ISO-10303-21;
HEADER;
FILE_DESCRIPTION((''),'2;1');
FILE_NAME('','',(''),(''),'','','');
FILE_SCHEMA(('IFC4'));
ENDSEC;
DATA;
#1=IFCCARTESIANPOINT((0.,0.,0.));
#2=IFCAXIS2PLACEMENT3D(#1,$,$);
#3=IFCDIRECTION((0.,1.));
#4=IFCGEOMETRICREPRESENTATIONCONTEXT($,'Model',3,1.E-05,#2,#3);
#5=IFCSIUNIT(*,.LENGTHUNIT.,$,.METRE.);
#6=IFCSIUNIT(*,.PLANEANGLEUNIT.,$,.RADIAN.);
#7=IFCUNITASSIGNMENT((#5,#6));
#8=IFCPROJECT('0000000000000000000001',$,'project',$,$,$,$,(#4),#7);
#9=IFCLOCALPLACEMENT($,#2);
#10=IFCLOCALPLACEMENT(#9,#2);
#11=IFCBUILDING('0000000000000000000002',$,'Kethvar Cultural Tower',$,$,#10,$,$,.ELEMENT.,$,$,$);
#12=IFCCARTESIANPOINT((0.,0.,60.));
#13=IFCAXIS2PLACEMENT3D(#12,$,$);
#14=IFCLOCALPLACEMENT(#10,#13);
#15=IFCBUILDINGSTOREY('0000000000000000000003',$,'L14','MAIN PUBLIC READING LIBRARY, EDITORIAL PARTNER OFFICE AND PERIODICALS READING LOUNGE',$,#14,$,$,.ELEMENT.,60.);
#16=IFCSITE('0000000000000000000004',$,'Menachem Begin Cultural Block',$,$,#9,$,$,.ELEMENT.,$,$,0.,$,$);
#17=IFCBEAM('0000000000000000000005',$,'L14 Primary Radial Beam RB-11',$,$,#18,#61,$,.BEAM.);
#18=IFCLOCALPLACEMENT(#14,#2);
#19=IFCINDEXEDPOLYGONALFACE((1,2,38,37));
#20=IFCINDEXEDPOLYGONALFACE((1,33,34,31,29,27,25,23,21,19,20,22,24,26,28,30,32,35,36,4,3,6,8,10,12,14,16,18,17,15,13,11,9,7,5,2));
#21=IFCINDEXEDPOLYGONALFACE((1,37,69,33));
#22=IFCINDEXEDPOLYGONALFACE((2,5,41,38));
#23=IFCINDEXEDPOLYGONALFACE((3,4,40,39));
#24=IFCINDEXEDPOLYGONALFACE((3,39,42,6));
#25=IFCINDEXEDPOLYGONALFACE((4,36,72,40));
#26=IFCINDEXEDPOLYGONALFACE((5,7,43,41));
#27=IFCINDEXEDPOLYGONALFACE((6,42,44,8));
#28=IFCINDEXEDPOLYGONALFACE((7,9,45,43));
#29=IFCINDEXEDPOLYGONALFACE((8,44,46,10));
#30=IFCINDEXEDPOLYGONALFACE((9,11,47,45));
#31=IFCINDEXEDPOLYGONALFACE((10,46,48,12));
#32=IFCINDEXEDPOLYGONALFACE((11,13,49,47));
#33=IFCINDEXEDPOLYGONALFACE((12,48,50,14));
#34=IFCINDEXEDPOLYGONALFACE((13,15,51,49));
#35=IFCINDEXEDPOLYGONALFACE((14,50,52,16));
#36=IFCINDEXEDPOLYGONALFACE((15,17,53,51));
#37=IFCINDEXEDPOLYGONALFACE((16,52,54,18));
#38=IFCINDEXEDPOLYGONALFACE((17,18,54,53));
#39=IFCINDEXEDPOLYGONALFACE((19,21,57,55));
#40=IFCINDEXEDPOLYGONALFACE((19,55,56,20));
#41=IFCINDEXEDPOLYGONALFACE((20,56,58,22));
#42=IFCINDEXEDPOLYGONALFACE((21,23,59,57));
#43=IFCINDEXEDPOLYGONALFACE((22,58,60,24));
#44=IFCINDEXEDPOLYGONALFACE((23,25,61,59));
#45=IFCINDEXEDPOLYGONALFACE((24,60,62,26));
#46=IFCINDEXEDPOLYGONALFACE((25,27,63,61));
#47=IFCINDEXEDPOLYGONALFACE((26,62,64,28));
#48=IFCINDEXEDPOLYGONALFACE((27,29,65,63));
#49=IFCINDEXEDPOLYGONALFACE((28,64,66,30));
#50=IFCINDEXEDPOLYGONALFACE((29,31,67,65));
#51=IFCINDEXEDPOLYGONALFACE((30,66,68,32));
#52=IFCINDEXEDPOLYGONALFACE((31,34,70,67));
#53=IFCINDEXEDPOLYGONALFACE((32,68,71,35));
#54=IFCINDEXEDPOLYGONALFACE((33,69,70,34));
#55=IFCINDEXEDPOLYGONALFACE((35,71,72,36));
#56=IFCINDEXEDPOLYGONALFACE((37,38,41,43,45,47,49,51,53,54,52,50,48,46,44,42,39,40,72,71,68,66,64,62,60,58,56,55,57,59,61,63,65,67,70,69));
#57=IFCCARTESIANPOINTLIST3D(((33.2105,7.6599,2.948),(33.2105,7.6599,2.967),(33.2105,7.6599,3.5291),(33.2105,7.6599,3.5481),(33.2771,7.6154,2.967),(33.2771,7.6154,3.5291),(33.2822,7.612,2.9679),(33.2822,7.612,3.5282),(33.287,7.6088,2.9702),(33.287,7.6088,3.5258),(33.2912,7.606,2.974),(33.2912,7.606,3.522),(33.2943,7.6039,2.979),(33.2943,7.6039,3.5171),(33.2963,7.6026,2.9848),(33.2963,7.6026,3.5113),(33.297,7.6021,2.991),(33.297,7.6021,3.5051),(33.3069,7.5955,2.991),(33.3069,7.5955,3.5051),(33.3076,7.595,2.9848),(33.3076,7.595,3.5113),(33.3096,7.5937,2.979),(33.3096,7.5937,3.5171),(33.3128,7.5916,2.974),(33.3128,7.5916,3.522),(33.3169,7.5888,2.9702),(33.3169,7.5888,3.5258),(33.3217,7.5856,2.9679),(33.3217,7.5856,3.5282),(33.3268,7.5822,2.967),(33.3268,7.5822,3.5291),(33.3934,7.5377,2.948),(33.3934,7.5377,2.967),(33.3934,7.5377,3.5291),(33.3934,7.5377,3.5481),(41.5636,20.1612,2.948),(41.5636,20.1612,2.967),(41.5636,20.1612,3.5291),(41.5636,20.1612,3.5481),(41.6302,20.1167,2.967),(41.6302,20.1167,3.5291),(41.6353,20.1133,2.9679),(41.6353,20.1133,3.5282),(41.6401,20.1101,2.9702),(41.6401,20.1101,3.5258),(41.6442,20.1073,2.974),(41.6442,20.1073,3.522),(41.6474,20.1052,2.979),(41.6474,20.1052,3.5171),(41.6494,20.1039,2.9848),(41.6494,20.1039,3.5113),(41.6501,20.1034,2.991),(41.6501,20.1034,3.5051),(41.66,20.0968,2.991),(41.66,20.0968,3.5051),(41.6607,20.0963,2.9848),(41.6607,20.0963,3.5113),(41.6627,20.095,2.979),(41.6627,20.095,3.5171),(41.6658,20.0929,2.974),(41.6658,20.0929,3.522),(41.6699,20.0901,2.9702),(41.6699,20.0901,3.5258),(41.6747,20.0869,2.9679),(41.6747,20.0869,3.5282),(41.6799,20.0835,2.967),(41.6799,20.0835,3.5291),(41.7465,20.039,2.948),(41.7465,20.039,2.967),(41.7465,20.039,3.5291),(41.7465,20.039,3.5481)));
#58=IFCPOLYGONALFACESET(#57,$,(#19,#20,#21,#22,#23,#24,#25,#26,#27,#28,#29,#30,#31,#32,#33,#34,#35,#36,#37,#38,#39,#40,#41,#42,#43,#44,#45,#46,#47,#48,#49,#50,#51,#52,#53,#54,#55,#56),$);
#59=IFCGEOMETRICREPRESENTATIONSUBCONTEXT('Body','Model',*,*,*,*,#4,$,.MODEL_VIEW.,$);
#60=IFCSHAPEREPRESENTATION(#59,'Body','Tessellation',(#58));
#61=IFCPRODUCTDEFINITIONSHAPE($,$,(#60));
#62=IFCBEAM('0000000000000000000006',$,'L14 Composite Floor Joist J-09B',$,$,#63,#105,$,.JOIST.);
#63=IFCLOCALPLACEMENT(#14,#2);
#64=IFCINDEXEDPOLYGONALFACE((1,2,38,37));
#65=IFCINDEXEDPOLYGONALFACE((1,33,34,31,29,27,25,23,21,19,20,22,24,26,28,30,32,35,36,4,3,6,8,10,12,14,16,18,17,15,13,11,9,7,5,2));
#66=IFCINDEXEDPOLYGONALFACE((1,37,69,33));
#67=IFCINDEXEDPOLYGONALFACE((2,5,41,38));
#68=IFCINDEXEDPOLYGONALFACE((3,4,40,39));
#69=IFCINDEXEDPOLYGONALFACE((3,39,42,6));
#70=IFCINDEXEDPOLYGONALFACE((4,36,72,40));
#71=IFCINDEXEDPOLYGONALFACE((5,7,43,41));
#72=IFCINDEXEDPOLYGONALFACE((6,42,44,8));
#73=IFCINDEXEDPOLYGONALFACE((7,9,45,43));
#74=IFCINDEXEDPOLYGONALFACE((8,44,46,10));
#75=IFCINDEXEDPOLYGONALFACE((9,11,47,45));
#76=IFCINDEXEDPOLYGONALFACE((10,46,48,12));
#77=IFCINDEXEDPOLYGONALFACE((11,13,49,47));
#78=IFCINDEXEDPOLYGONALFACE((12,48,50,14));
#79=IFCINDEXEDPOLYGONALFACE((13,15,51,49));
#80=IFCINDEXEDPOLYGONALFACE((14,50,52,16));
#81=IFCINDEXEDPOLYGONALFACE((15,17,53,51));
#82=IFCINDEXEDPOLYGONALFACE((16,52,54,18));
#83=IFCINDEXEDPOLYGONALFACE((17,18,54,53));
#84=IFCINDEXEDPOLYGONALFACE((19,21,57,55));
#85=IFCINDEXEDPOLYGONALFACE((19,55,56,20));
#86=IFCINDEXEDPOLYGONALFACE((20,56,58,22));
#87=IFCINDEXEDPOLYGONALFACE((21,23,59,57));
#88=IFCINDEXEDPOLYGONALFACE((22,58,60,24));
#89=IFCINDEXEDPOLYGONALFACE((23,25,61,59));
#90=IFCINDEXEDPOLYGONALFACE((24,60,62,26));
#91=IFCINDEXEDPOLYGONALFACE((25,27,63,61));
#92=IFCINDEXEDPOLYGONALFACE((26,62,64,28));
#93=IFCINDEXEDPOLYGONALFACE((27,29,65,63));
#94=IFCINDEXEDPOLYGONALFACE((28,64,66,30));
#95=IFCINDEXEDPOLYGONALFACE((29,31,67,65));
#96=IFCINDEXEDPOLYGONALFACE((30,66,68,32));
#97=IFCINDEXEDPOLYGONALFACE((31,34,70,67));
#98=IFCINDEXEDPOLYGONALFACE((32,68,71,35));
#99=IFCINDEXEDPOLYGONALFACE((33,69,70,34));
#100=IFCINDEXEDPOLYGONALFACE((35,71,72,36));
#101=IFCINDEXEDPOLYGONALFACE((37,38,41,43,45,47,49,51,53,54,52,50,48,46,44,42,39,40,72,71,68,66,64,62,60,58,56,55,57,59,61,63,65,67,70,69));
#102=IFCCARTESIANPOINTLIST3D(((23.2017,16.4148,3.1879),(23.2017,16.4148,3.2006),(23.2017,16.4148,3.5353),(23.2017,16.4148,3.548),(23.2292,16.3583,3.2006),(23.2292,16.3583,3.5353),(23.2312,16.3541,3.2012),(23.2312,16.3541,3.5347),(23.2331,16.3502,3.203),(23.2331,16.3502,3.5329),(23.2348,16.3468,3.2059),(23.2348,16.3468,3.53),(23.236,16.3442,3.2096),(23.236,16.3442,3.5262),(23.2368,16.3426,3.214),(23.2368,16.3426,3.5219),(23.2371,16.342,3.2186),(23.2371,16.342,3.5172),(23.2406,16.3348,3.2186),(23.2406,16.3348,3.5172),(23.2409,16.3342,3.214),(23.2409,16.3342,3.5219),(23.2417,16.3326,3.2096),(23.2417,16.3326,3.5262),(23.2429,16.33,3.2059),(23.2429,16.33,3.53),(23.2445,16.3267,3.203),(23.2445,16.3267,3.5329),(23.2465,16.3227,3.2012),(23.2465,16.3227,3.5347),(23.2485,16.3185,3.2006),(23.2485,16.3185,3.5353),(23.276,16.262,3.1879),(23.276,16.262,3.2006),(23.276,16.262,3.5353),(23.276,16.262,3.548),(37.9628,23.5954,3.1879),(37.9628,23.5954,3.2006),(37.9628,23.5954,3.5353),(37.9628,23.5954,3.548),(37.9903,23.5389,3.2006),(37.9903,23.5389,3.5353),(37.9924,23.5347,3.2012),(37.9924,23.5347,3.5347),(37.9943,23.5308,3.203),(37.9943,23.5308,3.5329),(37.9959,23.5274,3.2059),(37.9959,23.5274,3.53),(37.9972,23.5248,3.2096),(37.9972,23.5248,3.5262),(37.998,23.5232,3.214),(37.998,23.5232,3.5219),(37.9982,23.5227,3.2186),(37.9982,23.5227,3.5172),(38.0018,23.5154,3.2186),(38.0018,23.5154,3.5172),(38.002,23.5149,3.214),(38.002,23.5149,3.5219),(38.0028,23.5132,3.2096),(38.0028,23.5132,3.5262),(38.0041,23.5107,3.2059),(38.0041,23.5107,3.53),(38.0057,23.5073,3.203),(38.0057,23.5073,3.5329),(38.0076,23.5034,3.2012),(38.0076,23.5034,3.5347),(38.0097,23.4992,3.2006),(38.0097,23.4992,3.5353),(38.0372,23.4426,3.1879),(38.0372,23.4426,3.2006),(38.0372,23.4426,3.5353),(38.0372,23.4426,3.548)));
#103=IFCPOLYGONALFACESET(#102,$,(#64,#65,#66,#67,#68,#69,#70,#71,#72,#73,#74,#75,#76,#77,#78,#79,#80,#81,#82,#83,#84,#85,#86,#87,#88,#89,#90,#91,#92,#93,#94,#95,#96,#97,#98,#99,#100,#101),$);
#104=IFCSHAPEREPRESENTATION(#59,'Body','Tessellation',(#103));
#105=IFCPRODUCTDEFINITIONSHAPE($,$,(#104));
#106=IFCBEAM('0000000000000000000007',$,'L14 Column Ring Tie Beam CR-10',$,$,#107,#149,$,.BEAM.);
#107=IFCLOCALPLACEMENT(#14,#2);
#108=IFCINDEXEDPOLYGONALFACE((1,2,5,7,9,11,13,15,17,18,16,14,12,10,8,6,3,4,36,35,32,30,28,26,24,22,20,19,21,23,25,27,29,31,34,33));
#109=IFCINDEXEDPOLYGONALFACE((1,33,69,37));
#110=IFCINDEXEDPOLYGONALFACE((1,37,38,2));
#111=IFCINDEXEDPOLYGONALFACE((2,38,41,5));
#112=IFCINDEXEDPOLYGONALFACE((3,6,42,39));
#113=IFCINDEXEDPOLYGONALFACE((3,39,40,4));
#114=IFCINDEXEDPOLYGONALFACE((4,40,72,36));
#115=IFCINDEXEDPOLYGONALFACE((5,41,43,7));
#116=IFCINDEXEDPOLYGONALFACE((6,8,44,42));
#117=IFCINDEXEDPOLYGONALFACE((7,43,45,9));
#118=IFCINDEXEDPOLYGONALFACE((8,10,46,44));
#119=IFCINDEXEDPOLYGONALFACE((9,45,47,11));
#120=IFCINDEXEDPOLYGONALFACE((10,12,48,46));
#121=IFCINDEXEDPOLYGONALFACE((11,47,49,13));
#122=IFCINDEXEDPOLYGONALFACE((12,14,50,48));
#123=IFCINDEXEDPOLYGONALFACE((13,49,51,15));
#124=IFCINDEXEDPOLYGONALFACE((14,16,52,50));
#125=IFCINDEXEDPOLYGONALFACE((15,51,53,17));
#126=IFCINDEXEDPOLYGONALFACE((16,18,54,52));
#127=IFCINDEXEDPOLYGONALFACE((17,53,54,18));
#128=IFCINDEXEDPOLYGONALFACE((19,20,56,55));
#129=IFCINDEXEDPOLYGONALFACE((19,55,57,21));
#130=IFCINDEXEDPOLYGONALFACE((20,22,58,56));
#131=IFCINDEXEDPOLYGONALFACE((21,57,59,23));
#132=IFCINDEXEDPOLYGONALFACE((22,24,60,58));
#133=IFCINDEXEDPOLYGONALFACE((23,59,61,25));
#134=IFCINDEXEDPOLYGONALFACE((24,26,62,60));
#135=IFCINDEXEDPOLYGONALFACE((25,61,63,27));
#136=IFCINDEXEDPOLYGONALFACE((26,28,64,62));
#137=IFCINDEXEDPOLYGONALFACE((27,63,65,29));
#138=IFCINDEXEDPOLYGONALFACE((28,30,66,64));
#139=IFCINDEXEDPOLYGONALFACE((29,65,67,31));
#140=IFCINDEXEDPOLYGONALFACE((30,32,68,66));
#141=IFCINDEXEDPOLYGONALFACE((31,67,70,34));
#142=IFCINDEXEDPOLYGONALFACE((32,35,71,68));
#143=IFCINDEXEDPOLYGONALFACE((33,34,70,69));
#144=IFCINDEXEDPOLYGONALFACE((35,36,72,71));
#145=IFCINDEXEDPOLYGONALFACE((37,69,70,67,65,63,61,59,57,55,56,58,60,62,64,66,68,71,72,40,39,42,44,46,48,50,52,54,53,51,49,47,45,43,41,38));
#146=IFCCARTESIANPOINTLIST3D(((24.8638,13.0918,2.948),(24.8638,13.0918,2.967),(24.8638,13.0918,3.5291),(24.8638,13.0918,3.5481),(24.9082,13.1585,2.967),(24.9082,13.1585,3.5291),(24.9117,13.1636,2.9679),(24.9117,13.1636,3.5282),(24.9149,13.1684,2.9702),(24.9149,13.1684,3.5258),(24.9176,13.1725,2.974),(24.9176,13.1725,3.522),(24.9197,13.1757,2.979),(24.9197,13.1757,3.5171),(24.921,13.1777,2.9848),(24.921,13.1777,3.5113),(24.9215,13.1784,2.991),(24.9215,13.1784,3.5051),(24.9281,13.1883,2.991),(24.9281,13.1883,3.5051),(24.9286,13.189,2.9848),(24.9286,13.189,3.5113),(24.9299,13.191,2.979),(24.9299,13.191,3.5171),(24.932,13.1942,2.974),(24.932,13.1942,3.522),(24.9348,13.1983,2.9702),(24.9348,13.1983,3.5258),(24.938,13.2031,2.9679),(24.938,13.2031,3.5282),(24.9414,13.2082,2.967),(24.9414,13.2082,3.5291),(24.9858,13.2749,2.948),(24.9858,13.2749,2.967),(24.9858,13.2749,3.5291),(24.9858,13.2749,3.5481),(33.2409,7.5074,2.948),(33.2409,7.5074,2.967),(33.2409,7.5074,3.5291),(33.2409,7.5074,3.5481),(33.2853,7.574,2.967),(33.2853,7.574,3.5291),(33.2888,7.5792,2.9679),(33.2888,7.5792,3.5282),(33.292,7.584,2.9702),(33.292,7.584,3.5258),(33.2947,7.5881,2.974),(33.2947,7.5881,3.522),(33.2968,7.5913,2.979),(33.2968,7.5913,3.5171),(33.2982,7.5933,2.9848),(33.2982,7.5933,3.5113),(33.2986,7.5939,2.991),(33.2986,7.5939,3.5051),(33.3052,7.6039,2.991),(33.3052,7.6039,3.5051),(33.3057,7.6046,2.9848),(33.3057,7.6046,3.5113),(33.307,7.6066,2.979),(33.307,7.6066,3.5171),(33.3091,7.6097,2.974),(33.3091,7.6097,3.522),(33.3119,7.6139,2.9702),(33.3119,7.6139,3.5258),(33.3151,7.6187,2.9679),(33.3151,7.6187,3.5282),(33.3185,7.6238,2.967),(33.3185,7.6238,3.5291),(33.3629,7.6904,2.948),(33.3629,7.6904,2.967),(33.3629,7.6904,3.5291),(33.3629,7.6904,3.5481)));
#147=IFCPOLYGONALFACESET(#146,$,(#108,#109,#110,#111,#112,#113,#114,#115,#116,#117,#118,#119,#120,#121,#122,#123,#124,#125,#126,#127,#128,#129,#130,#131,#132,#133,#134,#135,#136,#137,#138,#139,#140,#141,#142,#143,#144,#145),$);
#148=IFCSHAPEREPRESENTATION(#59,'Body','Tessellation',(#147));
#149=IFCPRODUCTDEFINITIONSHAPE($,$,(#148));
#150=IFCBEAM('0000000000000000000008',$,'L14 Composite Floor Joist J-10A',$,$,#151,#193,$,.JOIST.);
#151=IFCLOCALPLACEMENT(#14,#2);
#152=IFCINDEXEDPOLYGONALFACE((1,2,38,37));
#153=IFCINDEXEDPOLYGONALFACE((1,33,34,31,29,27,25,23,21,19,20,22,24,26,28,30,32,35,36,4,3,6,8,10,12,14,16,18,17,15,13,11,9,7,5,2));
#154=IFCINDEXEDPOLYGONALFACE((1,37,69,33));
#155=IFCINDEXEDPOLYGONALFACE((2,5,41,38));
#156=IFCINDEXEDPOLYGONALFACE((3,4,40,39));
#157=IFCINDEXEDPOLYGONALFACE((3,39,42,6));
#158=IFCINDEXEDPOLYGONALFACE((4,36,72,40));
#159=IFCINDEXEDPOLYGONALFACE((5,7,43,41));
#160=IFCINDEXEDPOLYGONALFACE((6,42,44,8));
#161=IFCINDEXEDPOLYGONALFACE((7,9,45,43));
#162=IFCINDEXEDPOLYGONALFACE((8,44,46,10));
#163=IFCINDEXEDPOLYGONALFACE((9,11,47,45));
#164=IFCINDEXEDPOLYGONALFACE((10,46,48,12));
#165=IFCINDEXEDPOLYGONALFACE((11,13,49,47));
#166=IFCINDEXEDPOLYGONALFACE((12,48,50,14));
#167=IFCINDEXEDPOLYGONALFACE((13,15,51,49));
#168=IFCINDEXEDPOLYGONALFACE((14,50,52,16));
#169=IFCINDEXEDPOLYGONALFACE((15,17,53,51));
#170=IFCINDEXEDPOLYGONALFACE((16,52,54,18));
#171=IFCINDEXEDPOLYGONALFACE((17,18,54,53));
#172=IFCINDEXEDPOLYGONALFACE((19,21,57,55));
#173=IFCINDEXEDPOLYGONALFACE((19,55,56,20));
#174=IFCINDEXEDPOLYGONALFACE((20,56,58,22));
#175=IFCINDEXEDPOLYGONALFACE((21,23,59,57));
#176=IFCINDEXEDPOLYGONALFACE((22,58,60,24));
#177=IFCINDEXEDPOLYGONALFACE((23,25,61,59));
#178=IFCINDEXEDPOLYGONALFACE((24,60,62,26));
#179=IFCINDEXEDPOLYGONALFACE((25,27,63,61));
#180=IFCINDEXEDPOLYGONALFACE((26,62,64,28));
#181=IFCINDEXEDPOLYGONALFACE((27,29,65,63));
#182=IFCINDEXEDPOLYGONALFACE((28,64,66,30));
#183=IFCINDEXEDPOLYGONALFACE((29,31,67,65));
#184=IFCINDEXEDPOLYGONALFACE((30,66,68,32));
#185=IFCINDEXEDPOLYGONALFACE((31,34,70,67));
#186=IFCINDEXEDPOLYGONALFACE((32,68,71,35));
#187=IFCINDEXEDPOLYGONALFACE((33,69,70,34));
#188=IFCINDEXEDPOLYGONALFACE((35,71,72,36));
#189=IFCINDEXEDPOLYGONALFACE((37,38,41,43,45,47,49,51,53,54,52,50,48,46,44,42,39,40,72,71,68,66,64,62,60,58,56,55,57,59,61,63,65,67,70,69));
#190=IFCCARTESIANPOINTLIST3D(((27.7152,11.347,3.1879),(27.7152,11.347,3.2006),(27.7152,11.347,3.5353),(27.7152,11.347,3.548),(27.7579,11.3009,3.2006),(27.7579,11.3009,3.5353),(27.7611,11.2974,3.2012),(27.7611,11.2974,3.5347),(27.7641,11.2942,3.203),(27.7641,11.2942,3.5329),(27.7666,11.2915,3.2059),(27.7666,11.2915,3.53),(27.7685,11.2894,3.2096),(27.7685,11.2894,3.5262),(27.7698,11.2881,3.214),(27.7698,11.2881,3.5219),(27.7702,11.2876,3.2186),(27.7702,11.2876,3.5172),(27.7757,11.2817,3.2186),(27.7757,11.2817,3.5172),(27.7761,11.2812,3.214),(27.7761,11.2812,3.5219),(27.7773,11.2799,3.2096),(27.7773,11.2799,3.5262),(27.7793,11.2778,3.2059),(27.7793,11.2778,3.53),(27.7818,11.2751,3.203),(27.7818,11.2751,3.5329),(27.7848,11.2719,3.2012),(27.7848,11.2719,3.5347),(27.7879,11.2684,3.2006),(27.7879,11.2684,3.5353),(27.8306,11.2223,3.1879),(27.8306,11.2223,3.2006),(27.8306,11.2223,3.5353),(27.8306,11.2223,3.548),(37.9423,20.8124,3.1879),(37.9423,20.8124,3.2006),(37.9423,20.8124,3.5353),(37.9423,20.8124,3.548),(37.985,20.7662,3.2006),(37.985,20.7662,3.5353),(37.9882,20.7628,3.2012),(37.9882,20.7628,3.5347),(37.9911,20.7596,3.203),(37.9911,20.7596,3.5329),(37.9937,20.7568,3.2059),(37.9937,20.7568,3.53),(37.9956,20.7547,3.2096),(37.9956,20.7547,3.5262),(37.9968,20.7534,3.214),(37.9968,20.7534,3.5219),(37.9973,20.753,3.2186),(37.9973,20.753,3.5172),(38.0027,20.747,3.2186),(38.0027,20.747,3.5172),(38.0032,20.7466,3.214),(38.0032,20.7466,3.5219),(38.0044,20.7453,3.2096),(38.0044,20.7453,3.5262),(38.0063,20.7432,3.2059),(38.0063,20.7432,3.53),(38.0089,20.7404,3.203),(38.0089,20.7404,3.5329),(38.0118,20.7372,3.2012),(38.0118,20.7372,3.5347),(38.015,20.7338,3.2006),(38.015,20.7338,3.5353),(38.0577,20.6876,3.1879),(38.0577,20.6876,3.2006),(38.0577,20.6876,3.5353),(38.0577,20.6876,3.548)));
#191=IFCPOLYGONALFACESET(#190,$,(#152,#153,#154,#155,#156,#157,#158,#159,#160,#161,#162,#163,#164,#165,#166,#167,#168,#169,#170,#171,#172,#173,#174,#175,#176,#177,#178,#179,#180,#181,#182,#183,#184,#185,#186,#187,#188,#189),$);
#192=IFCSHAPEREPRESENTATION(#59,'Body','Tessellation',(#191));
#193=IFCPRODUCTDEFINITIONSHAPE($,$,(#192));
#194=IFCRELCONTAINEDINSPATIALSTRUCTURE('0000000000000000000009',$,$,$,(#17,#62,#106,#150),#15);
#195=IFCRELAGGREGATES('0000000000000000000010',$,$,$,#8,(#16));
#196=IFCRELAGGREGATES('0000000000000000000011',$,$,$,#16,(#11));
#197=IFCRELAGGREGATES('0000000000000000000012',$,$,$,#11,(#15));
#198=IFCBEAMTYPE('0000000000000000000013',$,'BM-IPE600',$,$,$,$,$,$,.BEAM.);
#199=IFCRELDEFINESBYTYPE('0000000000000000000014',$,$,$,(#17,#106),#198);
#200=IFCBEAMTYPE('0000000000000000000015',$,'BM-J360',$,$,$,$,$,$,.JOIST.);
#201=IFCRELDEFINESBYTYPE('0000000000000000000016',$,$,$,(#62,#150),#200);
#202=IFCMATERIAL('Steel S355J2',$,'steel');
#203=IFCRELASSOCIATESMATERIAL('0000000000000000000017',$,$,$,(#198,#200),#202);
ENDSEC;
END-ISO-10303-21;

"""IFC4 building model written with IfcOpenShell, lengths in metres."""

from ifc_helpers import new_model, si_unit, direction, frame, origin, origin_2d, place, context, subcontext, project, spatial, i_section, extrude, source, transform, mapped, material, material_profile, profile_set, type_object, element, save


model = new_model("IFC4")

# Units and contexts
model_context = context("Model", 3, precision=1e-05, world=origin(), true_north=direction((0.0, 1.0)))
body_context = subcontext(model_context, "Body", "Model", "MODEL_VIEW")
ifc_project = project(units=[si_unit("LENGTHUNIT", "METRE"), si_unit("PLANEANGLEUNIT", "RADIAN")], contexts=[model_context])

# Site, building, storey
site_placement = place(None, origin())
site = spatial("IfcSite", under=ifc_project, at=site_placement, Name="Menachem Begin Cultural Block", CompositionType="ELEMENT", RefElevation=0.0)
building_placement = place(site_placement, origin())
building = spatial("IfcBuilding", under=site, at=building_placement, Name="Kethvar Cultural Tower", CompositionType="ELEMENT")
storey_placement = place(building_placement, frame((0.0, 0.0, 60.0)))
storey = spatial("IfcBuildingStorey", under=building, at=storey_placement, Name="L14", Description="MAIN PUBLIC READING LIBRARY, EDITORIAL PARTNER OFFICE AND PERIODICALS READING LOUNGE", CompositionType="ELEMENT", Elevation=60.0)

# Beams
ifc_material_1 = material(Name="Steel S355J2", Category="steel")
ifc_material_profile_1 = material_profile(ifc_material_1, i_section(OverallWidth=0.22, OverallDepth=0.6001, WebThickness=0.012, FlangeThickness=0.019, FilletRadius=0.0239, at=origin_2d()), Name="Steel S355J2 — IPE600")
ifc_profile_set_1 = profile_set([ifc_material_profile_1], Name="Steel S355J2 — IPE600")
beam_type_1 = type_object("IfcBeamType", Name="BM-IPE600", PredefinedType="BEAM", material=ifc_profile_set_1)
shared_shape_1 = source(origin(), body_context, "Body", "SweptSolid", [
    extrude(i_section(OverallWidth=0.22, OverallDepth=0.6001, WebThickness=0.012, FlangeThickness=0.019, FilletRadius=0.0239, at=origin_2d()), origin(), (0.0, 0.0, 1.0), 15.0352),
])
beam_1_placement = place(storey_placement, frame((41.655, 20.1001, 3.248), z_axis=(-0.555569, -0.83147, 0.0), x_axis=(0.83147, -0.555569, 0.0)))
element("IfcBeam", 1, at=beam_1_placement, inside=storey, type_object=beam_type_1, Name="L14 Primary Radial Beam RB-11", PredefinedType="BEAM", context=body_context, shape_type="MappedRepresentation", body=[
    mapped(shared_shape_1, transform((0.0, 0.0, 0.0), scale=1.0)),
])
ifc_material_profile_2 = material_profile(ifc_material_1, i_section(OverallWidth=0.1699, OverallDepth=0.3601, WebThickness=0.0081, FlangeThickness=0.0127, FilletRadius=0.0181, at=origin_2d()), Name="Steel S355J2 — IPE360")
ifc_profile_set_2 = profile_set([ifc_material_profile_2], Name="Steel S355J2 — IPE360")
beam_type_2 = type_object("IfcBeamType", Name="BM-J360", PredefinedType="JOIST", material=ifc_profile_set_2)
shared_shape_2 = source(origin(), body_context, "Body", "SweptSolid", [
    extrude(i_section(OverallWidth=0.1699, OverallDepth=0.3601, WebThickness=0.0081, FlangeThickness=0.0127, FilletRadius=0.0181, at=origin_2d()), origin(), (0.0, 0.0, 1.0), 16.415),
])
beam_2_placement = place(storey_placement, frame((38.0, 23.519, 3.3679), z_axis=(-0.899246, -0.437442, 0.0), x_axis=(0.437442, -0.899246, 0.0)))
element("IfcBeam", 2, at=beam_2_placement, inside=storey, type_object=beam_type_2, Name="L14 Composite Floor Joist J-09B", PredefinedType="JOIST", context=body_context, shape_type="MappedRepresentation", body=[
    mapped(shared_shape_2, transform((0.0, 0.0, 0.0), scale=1.0)),
])
shared_shape_3 = source(origin(), body_context, "Body", "SweptSolid", [
    extrude(i_section(OverallWidth=0.22, OverallDepth=0.6001, WebThickness=0.012, FlangeThickness=0.019, FilletRadius=0.0239, at=origin_2d()), origin(), (0.0, 0.0, 1.0), 10.0679),
])
beam_3_placement = place(storey_placement, frame((24.9248, 13.1833, 3.248), z_axis=(0.832065, -0.554678, 0.0), x_axis=(0.554678, 0.832065, 0.0)))
element("IfcBeam", 3, at=beam_3_placement, inside=storey, type_object=beam_type_1, Name="L14 Column Ring Tie Beam CR-10", PredefinedType="BEAM", context=body_context, shape_type="MappedRepresentation", body=[
    mapped(shared_shape_3, transform((0.0, 0.0, 0.0), scale=1.0)),
])
shared_shape_4 = source(origin(), body_context, "Body", "SweptSolid", [
    extrude(i_section(OverallWidth=0.1699, OverallDepth=0.3601, WebThickness=0.0081, FlangeThickness=0.0127, FilletRadius=0.0181, at=origin_2d()), origin(), (0.0, 0.0, 1.0), 13.9351),
])
beam_4_placement = place(storey_placement, frame((38.0, 20.75, 3.3679), z_axis=(-0.733909, -0.679247, 0.0), x_axis=(0.679247, -0.733909, 0.0)))
element("IfcBeam", 4, at=beam_4_placement, inside=storey, type_object=beam_type_2, Name="L14 Composite Floor Joist J-10A", PredefinedType="JOIST", context=body_context, shape_type="MappedRepresentation", body=[
    mapped(shared_shape_4, transform((0.0, 0.0, 0.0), scale=1.0)),
])

save(model, "model.ifc")
